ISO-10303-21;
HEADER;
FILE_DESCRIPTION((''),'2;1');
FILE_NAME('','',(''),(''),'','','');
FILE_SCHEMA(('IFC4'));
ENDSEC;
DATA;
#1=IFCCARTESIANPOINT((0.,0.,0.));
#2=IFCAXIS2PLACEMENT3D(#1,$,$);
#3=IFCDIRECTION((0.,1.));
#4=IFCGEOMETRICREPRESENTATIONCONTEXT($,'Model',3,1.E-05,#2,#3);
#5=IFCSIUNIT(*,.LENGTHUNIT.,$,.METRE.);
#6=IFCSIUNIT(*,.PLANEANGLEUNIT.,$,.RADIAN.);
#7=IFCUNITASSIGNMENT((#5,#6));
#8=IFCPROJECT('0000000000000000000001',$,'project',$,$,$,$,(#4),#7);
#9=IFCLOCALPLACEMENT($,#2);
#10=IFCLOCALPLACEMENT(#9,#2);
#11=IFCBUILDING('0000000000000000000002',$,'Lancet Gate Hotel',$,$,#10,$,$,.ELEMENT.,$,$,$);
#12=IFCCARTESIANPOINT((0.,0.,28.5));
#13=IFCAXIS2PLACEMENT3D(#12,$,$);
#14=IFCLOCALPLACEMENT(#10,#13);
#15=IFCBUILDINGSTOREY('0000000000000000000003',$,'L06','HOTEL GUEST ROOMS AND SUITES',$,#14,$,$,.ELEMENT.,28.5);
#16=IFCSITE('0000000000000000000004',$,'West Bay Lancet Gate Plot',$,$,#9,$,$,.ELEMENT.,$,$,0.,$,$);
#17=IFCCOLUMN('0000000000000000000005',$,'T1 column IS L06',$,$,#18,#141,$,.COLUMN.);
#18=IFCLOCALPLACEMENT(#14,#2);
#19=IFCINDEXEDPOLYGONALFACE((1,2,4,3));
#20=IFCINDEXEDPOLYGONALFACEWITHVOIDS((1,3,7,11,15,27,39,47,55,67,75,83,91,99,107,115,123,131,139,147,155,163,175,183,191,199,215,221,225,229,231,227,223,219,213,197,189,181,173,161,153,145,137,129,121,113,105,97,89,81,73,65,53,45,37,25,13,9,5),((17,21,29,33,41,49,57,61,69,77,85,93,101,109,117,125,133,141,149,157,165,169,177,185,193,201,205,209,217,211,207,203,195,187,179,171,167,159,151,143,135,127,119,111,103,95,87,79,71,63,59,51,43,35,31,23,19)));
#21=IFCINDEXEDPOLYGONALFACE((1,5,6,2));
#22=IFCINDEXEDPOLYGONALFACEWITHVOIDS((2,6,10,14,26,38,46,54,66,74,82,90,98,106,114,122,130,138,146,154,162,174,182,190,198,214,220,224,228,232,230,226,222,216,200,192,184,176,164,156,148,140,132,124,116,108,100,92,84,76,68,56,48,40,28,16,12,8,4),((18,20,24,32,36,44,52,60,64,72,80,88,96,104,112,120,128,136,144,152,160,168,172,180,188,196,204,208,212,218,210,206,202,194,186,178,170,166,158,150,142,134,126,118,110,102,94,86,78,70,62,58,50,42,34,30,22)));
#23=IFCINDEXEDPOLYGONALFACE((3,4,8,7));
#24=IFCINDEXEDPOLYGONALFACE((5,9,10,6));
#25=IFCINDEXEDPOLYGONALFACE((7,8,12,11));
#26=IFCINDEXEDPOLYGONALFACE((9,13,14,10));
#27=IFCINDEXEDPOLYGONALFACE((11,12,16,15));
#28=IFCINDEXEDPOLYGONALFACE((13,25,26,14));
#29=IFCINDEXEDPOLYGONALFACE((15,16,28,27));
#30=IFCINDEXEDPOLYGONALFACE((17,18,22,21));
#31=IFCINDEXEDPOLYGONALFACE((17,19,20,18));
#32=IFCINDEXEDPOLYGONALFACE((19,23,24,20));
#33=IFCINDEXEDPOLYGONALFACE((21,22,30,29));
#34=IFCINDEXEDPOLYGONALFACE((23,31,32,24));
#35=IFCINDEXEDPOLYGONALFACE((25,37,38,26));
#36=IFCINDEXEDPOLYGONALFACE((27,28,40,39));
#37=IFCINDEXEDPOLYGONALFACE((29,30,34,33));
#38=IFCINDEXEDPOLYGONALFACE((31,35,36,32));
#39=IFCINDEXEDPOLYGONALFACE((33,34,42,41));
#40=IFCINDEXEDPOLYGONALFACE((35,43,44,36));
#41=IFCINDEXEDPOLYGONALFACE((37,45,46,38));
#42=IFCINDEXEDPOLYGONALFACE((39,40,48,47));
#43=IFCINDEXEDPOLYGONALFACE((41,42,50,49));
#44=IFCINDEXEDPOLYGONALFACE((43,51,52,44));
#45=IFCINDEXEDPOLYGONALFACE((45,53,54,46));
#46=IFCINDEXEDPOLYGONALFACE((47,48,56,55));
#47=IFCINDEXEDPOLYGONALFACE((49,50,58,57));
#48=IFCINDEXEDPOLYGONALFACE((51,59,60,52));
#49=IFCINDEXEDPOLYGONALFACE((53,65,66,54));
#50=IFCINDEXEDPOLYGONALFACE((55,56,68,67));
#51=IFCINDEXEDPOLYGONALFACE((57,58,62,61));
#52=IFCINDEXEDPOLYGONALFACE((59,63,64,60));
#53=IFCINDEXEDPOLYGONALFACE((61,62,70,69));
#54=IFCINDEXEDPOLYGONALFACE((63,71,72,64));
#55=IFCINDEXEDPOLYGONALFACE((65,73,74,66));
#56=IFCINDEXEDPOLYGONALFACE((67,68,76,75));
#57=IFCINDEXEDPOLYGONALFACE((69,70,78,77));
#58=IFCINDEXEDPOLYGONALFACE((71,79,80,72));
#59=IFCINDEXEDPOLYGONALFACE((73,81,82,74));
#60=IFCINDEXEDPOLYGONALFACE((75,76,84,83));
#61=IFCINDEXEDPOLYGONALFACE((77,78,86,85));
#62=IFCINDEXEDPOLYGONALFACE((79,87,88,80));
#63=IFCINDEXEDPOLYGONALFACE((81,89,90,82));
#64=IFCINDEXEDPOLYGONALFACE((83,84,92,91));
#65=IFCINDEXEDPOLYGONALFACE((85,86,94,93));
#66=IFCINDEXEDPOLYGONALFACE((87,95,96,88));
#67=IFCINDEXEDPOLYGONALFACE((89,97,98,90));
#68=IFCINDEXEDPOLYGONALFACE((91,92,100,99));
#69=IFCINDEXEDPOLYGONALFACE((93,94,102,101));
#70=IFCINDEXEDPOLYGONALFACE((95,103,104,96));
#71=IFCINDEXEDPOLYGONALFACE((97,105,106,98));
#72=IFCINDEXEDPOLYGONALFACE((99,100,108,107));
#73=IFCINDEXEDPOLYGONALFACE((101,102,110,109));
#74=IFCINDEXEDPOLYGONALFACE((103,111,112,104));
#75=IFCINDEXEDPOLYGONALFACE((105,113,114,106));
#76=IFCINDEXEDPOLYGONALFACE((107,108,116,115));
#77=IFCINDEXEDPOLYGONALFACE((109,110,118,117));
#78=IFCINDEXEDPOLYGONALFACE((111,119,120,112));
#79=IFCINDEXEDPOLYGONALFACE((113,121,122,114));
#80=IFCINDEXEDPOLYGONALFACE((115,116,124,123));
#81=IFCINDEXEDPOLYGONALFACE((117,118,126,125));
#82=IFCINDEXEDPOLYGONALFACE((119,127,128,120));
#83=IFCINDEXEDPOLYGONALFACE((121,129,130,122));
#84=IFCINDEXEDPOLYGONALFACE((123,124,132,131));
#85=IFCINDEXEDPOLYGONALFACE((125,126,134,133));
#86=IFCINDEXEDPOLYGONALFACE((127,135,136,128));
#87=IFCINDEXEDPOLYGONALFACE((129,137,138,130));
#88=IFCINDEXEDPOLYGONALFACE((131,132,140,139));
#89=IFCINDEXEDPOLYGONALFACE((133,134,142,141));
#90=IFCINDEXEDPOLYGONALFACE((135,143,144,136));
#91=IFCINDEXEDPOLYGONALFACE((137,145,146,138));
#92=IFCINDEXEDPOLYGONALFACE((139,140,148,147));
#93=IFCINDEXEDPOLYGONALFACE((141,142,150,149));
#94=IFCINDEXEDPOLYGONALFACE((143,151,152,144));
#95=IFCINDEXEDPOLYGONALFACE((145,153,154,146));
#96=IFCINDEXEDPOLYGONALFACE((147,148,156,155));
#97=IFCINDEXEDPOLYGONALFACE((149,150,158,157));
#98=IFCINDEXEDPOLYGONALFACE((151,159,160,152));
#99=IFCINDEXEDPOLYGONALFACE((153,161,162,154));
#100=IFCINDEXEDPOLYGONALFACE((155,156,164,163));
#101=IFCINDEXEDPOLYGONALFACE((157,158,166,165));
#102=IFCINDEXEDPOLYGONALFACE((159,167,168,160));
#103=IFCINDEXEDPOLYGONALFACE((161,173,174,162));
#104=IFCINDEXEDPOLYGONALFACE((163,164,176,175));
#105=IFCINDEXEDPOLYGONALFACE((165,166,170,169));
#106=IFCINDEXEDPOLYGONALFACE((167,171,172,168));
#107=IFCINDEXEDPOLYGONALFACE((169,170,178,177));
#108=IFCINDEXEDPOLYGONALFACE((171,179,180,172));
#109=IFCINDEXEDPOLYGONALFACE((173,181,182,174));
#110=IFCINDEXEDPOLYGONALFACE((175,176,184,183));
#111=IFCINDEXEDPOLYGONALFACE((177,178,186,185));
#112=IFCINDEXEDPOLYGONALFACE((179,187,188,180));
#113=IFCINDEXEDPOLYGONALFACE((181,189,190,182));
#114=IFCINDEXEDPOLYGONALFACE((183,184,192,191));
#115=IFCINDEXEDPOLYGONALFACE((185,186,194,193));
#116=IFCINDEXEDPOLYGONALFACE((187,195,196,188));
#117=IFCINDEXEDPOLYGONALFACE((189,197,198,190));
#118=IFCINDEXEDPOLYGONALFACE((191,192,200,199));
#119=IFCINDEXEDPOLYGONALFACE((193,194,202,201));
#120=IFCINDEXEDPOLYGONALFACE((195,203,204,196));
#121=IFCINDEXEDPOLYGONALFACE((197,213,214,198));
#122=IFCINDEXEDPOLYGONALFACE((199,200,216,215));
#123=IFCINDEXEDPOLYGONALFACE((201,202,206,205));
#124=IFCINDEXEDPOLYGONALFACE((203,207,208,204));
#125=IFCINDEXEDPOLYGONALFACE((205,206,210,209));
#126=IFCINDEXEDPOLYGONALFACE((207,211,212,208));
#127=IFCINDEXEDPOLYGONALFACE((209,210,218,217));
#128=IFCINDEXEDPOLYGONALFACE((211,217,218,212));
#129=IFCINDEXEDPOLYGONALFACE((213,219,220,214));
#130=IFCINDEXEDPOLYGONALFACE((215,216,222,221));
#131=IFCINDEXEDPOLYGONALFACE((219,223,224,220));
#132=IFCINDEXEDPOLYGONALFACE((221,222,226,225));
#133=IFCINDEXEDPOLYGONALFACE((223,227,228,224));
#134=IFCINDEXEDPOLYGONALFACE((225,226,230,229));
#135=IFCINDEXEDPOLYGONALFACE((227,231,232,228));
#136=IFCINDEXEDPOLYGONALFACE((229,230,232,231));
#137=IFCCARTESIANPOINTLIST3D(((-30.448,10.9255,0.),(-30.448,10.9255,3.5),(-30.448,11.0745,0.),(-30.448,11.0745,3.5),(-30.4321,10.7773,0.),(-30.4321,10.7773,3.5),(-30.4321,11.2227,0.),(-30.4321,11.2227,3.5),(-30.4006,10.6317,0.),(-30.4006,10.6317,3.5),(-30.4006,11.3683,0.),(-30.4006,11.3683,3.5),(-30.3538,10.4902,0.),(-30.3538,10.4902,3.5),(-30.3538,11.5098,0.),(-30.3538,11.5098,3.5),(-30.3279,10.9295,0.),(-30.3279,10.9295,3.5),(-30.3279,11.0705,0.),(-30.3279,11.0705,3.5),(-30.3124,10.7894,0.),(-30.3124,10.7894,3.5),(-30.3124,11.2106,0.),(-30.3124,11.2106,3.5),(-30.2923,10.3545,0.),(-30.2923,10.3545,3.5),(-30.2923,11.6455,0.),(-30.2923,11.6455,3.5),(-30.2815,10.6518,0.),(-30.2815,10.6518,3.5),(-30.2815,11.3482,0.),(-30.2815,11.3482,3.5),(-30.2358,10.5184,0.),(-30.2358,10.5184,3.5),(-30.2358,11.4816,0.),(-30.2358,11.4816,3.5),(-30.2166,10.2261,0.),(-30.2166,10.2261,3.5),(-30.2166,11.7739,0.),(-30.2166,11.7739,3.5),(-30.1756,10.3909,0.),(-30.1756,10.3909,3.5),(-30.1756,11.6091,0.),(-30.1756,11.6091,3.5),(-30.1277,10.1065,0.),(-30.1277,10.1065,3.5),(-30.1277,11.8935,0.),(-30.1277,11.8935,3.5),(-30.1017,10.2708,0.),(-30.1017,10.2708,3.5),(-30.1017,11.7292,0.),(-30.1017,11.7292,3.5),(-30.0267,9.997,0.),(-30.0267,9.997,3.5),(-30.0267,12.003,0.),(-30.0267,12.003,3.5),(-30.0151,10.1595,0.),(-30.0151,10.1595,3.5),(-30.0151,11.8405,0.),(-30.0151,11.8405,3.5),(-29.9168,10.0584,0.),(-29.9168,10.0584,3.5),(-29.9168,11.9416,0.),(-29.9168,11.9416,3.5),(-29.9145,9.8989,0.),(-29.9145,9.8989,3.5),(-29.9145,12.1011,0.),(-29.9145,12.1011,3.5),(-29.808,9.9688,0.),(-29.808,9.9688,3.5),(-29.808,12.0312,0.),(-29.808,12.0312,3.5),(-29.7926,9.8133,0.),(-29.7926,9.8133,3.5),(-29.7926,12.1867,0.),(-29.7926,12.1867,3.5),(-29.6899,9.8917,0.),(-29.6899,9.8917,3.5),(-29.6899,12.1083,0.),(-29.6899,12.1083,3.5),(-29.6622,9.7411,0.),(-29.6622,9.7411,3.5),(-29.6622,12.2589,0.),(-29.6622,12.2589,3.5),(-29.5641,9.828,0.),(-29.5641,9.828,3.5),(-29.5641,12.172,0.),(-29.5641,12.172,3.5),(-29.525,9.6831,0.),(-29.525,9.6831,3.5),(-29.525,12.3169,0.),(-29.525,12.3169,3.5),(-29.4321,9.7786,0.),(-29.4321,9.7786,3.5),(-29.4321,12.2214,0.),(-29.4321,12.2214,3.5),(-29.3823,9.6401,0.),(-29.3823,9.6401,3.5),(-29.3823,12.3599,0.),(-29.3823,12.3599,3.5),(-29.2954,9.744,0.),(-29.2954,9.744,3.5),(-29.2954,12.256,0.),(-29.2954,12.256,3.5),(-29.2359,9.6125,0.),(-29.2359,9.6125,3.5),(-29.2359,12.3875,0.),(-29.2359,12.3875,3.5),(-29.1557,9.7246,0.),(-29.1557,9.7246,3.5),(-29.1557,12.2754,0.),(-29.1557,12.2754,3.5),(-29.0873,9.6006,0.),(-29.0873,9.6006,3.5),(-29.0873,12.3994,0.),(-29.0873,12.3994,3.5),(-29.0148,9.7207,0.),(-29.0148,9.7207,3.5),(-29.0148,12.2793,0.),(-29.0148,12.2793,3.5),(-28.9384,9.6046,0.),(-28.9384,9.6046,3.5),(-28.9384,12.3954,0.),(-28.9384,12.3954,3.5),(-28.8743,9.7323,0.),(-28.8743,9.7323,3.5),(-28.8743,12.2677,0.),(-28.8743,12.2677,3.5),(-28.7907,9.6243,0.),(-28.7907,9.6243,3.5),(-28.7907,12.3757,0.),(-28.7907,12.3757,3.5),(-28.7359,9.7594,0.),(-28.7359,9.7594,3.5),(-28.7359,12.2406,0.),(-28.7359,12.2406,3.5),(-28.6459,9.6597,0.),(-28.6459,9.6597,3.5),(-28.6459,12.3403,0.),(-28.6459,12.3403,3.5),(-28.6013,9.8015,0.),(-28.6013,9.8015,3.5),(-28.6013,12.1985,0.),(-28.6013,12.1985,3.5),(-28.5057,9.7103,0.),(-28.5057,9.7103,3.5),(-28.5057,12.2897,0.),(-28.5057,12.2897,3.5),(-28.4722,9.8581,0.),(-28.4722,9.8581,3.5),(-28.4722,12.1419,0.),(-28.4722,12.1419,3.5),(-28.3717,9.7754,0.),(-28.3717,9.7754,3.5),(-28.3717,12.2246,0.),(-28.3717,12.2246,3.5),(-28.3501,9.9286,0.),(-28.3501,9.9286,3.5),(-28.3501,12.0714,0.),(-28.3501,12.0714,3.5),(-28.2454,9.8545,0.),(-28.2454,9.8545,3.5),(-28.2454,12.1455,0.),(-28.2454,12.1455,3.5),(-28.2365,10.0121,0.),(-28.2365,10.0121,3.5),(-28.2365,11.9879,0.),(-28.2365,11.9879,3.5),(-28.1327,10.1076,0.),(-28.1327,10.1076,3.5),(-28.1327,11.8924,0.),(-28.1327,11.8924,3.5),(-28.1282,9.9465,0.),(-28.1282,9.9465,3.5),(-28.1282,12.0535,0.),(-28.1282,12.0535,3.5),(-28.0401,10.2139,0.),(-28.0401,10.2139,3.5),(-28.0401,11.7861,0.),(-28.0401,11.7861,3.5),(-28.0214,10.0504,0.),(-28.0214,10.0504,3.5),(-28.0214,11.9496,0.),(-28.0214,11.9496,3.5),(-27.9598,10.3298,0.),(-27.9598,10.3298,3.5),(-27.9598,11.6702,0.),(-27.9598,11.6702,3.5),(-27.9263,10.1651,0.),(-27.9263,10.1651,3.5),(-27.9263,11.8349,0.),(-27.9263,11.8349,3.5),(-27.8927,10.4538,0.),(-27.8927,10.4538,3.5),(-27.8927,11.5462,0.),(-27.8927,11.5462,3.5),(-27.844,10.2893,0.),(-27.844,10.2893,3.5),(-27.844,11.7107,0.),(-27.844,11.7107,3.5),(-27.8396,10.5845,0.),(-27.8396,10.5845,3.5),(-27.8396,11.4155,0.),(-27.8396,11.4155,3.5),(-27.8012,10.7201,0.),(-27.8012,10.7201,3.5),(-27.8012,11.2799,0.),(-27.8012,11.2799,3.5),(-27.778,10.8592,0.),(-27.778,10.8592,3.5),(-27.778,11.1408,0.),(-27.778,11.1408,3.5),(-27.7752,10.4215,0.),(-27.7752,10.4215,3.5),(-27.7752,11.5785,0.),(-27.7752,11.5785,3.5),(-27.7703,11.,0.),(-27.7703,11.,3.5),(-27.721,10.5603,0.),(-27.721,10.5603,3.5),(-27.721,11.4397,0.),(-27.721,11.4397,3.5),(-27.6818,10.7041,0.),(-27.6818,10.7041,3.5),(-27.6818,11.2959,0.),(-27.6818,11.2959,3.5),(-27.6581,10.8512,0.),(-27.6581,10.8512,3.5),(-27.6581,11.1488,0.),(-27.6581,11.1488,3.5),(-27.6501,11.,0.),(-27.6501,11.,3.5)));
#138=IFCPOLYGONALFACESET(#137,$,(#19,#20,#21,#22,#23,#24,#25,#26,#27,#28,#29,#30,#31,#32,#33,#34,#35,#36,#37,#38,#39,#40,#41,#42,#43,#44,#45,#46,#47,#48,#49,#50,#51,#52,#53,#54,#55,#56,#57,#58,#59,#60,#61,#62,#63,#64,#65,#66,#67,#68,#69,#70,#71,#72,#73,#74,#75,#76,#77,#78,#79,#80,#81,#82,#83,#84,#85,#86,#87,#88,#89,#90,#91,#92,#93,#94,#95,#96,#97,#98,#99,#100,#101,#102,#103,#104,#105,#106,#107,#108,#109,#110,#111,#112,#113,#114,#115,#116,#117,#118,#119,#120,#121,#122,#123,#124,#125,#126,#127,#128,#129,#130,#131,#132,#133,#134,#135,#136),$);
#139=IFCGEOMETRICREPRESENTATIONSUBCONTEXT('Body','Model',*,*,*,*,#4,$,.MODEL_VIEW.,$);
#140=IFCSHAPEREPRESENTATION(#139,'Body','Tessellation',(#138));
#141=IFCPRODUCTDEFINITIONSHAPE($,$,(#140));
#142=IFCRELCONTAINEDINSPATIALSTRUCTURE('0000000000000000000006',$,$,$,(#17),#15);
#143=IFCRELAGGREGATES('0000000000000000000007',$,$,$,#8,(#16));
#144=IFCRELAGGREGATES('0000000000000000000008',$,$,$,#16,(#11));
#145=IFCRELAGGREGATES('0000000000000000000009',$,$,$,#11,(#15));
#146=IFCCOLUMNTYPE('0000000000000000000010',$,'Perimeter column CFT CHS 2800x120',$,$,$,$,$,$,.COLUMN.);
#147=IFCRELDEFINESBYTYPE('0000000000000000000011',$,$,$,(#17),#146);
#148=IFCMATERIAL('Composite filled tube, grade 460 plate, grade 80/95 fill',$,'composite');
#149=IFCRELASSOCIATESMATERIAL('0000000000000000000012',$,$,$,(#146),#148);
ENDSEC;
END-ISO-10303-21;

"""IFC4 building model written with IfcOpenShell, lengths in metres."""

from ifc_helpers import new_model, si_unit, direction, frame, origin, origin_2d, place, context, subcontext, project, spatial, hollow_circle, extrude, material, material_profile, profile_set, type_object, element, save


model = new_model("IFC4")

# Units and contexts
model_context = context("Model", 3, precision=1e-05, world=origin(), true_north=direction((0.0, 1.0)))
body_context = subcontext(model_context, "Body", "Model", "MODEL_VIEW")
ifc_project = project(units=[si_unit("LENGTHUNIT", "METRE"), si_unit("PLANEANGLEUNIT", "RADIAN")], contexts=[model_context])

# Site, building, storey
site_placement = place(None, origin())
site = spatial("IfcSite", under=ifc_project, at=site_placement, Name="West Bay Lancet Gate Plot", CompositionType="ELEMENT", RefElevation=0.0)
building_placement = place(site_placement, origin())
building = spatial("IfcBuilding", under=site, at=building_placement, Name="Lancet Gate Hotel", CompositionType="ELEMENT")
storey_placement = place(building_placement, frame((0.0, 0.0, 28.5)))
storey = spatial("IfcBuildingStorey", under=building, at=storey_placement, Name="L06", Description="HOTEL GUEST ROOMS AND SUITES", CompositionType="ELEMENT", Elevation=28.5)

# Column
ifc_material_1 = material(Name="Composite filled tube, grade 460 plate, grade 80/95 fill", Category="composite")
ifc_material_profile_1 = material_profile(ifc_material_1, hollow_circle(Radius=1.3999, WallThickness=0.1201, at=origin_2d()), Name="CHS 2800x120")
ifc_profile_set_1 = profile_set([ifc_material_profile_1], Name="Composite filled tube, grade 460 plate, grade 80/95 fill")
column_type = type_object("IfcColumnType", Name="Perimeter column CFT CHS 2800x120", PredefinedType="COLUMN", material=ifc_profile_set_1)
for number, where, z_axis, x_axis, name in (
    (1, (-29.05, 11.0, 0.0), (0.0, 0.0, 1.0), (1.0, 0.0, 0.0), "T1 column IS L06"),
):
    element("IfcColumn", number, at=place(storey_placement, frame(where, z_axis=z_axis, x_axis=x_axis)), inside=storey, type_object=column_type, Name=name, PredefinedType="COLUMN", context=body_context, shape_type="SweptSolid", body=[
        extrude(hollow_circle(Radius=1.3999, WallThickness=0.1201, at=origin_2d()), origin(), (0.0, 0.0, 1.0), 3.5),
    ])

save(model, "model.ifc")
